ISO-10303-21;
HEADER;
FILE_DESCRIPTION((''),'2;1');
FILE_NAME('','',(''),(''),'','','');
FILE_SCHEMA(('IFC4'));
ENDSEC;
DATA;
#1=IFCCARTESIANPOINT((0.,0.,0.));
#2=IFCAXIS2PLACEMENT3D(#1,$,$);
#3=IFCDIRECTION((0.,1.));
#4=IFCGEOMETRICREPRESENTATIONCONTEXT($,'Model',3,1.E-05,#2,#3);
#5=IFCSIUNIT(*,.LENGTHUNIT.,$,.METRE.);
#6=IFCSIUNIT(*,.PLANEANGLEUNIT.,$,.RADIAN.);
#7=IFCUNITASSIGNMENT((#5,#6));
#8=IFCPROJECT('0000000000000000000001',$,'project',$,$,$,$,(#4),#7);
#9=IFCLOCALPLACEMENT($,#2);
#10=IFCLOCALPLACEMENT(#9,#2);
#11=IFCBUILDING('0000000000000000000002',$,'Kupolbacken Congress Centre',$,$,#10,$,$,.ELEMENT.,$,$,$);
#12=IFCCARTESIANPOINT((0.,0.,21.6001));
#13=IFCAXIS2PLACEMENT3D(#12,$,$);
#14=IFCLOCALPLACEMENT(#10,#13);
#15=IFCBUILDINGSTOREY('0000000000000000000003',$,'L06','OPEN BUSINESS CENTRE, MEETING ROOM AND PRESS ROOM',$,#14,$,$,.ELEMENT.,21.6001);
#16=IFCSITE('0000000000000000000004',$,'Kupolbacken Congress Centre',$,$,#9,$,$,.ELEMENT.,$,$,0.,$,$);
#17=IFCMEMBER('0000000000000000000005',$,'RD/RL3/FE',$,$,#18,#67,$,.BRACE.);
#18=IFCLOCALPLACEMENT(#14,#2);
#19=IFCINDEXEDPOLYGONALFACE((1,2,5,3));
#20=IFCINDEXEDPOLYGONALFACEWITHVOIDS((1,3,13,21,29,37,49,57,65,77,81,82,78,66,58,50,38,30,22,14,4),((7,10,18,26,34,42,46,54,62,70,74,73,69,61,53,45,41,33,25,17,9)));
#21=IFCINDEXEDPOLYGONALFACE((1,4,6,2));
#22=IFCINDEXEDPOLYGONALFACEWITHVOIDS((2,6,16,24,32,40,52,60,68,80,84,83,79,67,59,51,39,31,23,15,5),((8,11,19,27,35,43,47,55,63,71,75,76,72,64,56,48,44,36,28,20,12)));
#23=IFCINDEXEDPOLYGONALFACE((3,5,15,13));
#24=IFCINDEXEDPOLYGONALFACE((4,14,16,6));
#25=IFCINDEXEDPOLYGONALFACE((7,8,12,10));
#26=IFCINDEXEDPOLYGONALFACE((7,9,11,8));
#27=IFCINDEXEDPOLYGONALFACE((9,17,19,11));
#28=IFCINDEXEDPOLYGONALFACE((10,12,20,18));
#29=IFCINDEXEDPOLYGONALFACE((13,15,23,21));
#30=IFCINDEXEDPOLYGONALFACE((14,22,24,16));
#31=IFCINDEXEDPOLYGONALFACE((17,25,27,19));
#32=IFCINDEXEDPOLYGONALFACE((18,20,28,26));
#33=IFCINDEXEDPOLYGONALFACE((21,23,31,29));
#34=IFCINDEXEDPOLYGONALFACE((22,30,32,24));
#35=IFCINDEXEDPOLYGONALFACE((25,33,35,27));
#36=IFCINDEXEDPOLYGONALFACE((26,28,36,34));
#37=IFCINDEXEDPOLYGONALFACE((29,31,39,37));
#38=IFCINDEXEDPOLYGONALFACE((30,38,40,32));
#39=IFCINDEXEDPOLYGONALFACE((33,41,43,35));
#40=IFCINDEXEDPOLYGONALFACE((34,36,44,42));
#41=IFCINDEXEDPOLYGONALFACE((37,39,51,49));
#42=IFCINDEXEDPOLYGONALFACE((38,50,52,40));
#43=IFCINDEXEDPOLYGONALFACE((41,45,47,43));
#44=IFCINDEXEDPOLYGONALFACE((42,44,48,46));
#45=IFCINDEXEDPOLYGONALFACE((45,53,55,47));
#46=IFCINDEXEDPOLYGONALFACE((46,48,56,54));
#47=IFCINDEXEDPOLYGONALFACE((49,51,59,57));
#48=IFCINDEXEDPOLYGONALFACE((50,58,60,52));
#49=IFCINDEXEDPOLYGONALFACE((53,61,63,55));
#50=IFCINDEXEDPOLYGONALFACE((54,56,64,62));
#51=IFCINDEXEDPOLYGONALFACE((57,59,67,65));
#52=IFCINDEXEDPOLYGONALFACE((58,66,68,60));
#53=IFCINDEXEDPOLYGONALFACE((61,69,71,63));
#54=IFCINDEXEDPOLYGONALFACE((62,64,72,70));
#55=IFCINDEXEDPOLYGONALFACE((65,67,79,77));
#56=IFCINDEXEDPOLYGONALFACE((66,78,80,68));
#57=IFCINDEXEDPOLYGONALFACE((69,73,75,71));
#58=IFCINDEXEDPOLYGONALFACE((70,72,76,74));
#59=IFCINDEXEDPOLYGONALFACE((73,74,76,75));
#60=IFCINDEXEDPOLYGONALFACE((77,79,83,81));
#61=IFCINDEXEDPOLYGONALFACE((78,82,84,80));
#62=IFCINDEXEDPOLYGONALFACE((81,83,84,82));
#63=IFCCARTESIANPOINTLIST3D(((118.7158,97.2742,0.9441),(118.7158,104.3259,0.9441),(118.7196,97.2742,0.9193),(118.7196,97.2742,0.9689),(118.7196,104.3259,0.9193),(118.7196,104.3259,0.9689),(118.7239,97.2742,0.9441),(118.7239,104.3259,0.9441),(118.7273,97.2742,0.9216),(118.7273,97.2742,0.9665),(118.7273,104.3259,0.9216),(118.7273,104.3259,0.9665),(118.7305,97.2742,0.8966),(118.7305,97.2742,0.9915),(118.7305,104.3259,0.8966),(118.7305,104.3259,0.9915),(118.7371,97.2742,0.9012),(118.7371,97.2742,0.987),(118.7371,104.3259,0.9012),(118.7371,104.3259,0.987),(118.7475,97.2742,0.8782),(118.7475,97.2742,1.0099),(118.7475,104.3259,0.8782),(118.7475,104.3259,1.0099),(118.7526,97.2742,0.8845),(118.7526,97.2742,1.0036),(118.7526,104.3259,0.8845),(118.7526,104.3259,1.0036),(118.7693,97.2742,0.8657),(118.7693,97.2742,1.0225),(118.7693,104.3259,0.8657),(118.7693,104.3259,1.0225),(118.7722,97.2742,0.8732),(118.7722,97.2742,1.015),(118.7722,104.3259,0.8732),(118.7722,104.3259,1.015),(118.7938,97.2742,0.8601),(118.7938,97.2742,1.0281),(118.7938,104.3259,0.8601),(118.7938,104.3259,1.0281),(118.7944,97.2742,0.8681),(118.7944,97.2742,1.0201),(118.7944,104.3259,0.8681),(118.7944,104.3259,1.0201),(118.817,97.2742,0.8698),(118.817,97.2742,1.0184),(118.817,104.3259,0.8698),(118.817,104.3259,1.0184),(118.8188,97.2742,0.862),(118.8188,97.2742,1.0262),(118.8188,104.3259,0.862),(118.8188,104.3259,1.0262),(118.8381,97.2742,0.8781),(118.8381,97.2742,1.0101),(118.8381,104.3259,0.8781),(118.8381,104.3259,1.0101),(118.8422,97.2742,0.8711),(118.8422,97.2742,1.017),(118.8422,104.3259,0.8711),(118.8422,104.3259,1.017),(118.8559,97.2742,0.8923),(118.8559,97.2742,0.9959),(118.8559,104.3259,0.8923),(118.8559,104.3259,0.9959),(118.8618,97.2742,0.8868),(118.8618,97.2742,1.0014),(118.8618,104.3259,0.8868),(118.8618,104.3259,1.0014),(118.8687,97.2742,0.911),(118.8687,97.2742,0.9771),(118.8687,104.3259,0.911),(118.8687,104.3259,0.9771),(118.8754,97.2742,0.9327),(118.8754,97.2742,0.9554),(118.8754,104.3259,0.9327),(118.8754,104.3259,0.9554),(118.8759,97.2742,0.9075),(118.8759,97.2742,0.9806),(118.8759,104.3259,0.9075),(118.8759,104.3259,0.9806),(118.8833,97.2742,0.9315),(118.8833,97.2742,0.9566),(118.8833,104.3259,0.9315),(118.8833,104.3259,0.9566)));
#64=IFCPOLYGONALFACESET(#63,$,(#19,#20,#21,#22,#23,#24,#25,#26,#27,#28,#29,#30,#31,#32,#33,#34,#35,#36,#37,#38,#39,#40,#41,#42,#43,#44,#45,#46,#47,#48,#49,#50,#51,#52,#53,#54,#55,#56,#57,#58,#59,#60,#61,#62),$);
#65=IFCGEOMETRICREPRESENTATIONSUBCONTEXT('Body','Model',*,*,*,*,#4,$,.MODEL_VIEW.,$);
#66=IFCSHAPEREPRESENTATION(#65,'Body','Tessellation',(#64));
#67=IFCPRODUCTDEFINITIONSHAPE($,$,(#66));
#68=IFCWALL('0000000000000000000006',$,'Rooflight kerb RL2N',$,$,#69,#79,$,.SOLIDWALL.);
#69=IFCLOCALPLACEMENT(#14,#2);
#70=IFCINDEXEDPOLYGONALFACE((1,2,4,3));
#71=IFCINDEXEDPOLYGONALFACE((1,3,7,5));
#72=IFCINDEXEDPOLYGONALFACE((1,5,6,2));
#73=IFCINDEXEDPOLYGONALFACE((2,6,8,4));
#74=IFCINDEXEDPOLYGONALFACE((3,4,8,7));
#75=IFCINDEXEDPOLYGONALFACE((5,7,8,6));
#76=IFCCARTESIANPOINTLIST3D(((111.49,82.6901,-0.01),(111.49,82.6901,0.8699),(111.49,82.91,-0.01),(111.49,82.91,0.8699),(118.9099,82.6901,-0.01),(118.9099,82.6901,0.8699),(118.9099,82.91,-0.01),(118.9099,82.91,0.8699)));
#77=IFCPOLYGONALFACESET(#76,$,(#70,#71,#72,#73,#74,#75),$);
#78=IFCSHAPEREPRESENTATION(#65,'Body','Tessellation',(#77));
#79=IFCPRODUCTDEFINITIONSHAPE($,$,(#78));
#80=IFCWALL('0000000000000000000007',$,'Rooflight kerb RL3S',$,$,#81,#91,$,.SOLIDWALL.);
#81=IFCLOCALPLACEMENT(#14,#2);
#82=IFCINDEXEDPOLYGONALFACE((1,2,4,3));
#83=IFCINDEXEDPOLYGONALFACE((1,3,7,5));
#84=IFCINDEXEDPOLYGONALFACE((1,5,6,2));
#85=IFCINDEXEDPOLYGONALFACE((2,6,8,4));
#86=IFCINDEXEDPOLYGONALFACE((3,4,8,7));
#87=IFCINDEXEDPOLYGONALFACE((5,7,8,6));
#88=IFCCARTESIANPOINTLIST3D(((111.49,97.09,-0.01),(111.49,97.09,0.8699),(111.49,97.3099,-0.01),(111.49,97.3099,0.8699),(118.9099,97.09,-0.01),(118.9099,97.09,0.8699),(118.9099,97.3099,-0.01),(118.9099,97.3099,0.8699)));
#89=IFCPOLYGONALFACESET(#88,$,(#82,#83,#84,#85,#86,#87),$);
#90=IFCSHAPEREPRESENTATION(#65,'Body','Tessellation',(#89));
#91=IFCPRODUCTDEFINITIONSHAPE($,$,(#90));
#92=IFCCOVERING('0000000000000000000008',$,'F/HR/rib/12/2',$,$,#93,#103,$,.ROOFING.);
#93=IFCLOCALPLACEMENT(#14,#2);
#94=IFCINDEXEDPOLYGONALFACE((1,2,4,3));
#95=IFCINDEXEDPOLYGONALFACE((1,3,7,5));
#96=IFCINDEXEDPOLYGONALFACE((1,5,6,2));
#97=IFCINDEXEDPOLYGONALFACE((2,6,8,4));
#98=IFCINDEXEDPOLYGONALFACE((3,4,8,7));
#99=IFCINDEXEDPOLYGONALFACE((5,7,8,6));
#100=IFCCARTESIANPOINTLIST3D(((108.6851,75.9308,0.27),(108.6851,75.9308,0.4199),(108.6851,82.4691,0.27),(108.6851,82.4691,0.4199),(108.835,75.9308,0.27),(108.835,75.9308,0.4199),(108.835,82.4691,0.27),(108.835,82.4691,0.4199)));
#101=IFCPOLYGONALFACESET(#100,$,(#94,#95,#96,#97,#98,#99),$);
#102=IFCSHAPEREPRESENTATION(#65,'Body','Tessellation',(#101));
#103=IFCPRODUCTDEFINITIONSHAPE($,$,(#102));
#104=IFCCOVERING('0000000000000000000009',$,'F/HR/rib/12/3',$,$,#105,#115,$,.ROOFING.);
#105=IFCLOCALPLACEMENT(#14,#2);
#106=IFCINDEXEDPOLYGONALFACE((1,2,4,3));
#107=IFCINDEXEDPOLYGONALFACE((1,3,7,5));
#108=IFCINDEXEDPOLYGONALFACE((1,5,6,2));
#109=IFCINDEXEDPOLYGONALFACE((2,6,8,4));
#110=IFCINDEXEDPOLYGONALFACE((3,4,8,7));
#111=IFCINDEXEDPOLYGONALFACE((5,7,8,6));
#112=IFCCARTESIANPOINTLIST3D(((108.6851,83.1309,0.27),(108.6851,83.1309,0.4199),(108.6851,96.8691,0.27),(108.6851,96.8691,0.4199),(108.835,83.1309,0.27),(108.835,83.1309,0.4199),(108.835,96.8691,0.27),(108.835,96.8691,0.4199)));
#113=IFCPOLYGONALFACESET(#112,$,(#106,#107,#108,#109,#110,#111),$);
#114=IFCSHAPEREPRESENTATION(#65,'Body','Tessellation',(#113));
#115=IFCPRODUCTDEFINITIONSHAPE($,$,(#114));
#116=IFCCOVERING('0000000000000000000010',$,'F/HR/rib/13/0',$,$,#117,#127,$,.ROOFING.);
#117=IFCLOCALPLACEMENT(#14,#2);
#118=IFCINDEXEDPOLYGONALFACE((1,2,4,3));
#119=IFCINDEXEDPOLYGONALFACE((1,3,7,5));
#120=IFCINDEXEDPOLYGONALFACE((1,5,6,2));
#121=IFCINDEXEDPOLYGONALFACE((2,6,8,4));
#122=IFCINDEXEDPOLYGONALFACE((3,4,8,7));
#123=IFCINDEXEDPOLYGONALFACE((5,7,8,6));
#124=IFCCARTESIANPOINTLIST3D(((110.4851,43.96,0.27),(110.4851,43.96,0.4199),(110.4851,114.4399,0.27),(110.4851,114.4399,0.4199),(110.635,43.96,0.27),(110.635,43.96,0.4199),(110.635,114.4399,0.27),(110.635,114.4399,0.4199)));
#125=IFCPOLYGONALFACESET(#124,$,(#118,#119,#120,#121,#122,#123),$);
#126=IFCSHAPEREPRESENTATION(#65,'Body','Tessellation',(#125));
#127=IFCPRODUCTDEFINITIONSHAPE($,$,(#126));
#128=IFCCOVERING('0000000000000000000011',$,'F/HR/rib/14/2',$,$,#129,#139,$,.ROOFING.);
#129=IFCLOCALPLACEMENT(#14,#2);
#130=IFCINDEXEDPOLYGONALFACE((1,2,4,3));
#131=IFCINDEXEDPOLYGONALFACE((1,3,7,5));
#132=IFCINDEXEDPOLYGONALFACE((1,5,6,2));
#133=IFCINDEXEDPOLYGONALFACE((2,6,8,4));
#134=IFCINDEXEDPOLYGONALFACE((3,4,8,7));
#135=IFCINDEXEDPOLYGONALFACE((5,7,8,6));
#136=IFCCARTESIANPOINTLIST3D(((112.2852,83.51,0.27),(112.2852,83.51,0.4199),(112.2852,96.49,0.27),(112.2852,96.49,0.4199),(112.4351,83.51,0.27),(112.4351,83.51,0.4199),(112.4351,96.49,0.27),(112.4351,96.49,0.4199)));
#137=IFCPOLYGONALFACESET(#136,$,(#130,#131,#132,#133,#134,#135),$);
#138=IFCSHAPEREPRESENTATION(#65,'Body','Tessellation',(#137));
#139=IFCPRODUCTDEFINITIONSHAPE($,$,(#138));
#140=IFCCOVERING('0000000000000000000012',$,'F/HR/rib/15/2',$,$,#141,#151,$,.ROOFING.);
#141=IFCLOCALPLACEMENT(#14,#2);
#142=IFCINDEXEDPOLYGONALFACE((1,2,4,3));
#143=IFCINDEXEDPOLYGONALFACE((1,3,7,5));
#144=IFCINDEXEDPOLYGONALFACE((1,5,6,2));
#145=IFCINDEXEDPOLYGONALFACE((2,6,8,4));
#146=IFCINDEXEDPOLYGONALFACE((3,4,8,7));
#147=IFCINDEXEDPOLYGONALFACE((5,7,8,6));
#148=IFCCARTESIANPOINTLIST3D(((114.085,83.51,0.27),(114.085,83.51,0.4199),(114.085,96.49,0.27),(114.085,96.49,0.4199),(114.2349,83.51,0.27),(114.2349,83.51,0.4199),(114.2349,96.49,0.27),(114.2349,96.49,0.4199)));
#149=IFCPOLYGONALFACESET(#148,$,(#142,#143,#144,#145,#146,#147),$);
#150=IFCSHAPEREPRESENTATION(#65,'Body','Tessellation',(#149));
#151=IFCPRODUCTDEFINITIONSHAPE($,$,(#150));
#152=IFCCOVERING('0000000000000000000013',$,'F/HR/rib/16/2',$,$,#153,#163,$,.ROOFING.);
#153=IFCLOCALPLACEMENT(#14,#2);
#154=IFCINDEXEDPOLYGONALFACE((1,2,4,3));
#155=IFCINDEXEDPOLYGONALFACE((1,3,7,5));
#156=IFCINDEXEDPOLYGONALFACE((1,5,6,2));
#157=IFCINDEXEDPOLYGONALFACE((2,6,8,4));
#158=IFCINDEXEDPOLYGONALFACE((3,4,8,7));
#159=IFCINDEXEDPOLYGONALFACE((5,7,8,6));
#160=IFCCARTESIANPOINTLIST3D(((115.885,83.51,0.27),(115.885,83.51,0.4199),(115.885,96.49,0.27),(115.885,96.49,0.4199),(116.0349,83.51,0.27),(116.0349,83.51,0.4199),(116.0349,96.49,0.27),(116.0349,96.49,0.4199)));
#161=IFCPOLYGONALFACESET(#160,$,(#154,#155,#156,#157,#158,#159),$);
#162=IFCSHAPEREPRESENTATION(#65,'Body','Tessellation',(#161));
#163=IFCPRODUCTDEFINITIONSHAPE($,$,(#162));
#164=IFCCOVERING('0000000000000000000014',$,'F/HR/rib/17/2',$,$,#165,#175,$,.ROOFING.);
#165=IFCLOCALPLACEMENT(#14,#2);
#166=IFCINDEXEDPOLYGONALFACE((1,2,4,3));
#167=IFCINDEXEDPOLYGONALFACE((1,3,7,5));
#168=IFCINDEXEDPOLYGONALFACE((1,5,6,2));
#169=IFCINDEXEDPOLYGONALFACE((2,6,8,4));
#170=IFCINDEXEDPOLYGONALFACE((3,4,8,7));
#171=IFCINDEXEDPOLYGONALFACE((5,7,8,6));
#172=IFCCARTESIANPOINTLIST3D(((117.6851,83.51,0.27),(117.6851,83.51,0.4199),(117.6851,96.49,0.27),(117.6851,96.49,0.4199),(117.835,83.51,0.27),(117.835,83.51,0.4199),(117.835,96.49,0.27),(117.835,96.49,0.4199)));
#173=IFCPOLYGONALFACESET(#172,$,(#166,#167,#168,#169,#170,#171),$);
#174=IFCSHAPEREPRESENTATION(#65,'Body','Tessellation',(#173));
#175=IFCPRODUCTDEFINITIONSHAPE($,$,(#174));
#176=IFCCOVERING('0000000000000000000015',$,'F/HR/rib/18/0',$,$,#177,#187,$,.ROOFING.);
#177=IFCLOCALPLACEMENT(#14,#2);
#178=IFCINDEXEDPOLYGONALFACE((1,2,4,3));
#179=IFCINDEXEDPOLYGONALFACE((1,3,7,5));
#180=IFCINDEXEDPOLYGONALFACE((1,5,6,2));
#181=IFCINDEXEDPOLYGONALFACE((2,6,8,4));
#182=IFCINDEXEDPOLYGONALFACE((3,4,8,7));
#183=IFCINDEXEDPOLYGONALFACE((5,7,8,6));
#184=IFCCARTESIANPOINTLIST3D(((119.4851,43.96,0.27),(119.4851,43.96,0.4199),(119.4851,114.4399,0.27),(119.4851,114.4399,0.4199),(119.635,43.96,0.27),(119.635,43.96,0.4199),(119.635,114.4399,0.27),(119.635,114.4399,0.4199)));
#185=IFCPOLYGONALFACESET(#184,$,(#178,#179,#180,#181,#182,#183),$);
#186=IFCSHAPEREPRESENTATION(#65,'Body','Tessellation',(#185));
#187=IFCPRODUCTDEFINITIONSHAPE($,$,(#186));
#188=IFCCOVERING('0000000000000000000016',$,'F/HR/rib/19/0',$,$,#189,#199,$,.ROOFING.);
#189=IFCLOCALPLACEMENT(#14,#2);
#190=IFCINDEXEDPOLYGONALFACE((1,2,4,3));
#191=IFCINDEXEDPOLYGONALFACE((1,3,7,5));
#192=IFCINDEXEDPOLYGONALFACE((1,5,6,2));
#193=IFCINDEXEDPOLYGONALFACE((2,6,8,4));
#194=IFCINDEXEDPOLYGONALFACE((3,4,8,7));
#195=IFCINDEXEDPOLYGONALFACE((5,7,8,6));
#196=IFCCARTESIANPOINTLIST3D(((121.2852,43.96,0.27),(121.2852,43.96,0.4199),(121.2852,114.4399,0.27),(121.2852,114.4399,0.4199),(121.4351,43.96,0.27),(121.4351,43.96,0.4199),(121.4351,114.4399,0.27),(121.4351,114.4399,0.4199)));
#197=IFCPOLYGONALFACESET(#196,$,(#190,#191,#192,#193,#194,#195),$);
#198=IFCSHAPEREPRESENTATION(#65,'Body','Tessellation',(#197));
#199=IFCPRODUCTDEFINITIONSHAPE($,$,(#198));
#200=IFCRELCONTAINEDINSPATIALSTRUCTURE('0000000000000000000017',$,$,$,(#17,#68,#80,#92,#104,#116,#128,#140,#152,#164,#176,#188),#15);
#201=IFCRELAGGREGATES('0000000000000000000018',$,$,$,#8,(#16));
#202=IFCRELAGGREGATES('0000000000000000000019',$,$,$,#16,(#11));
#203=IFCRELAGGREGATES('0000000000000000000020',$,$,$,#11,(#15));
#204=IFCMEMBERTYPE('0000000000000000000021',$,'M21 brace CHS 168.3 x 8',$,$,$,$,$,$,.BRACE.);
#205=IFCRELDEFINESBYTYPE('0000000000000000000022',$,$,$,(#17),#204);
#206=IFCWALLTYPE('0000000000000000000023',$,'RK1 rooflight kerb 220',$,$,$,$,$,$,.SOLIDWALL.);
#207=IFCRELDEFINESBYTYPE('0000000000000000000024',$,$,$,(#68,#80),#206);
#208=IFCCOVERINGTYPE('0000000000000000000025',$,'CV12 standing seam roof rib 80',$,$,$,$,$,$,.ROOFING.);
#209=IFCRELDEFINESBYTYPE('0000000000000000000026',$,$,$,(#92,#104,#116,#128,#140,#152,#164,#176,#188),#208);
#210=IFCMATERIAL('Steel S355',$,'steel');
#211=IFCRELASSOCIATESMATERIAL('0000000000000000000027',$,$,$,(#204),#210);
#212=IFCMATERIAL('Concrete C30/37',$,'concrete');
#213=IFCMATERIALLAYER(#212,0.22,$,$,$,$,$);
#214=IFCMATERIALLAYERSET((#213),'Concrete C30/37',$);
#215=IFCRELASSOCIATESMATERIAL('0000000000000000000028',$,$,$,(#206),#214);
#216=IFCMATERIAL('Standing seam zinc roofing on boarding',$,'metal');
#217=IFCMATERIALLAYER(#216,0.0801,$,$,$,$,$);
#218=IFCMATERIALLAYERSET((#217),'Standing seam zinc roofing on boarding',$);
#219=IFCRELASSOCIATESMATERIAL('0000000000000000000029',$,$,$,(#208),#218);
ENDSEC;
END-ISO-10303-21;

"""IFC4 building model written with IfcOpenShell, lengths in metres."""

from ifc_helpers import new_model, si_unit, direction, frame, frame_2d, origin, origin_2d, place, context, subcontext, project, spatial, rectangle, hollow_circle, extrude, material, layer, layer_set, material_profile, profile_set, type_object, element, save


model = new_model("IFC4")

# Units and contexts
model_context = context("Model", 3, precision=1e-05, world=origin(), true_north=direction((0.0, 1.0)))
body_context = subcontext(model_context, "Body", "Model", "MODEL_VIEW")
ifc_project = project(units=[si_unit("LENGTHUNIT", "METRE"), si_unit("PLANEANGLEUNIT", "RADIAN")], contexts=[model_context])

# Site, building, storey
site_placement = place(None, origin())
site = spatial("IfcSite", under=ifc_project, at=site_placement, Name="Kupolbacken Congress Centre", CompositionType="ELEMENT", RefElevation=0.0)
building_placement = place(site_placement, origin())
building = spatial("IfcBuilding", under=site, at=building_placement, Name="Kupolbacken Congress Centre", CompositionType="ELEMENT")
storey_placement = place(building_placement, frame((0.0, 0.0, 21.6001)))
storey = spatial("IfcBuildingStorey", under=building, at=storey_placement, Name="L06", Description="OPEN BUSINESS CENTRE, MEETING ROOM AND PRESS ROOM", CompositionType="ELEMENT", Elevation=21.6001)

# Member
ifc_material_1 = material(Name="Steel S355", Category="steel")
ifc_material_profile_1 = material_profile(ifc_material_1, hollow_circle(Radius=0.0842, WallThickness=0.0081, at=origin_2d()), Name="CHS 168.3 x 8")
ifc_profile_set_1 = profile_set([ifc_material_profile_1], Name="Steel S355")
member_type = type_object("IfcMemberType", Name="M21 brace CHS 168.3 x 8", PredefinedType="BRACE", material=ifc_profile_set_1)
for number, where, z_axis, x_axis, name in (
    (1, (118.8, 97.2742, 0.9441), (0.0, 1.0, 0.0), (-1.0, 0.0, 0.0), "RD/RL3/FE"),
):
    element("IfcMember", number, at=place(storey_placement, frame(where, z_axis=z_axis, x_axis=x_axis)), inside=storey, type_object=member_type, Name=name, PredefinedType="BRACE", context=body_context, shape_type="SweptSolid", body=[
        extrude(hollow_circle(Radius=0.0842, WallThickness=0.0081, at=origin_2d()), origin(), (0.0, 0.0, 1.0), 7.0518),
    ])

# Walls
ifc_material_2 = material(Name="Concrete C30/37", Category="concrete")
ifc_layer_1 = layer(ifc_material_2, 0.22)
ifc_layer_set_1 = layer_set([ifc_layer_1], Name="Concrete C30/37")
wall_type = type_object("IfcWallType", Name="RK1 rooflight kerb 220", PredefinedType="SOLIDWALL", material=ifc_layer_set_1)
for number, where, z_axis, x_axis, name in (
    (2, (111.49, 82.8, -0.01), (0.0, 0.0, 1.0), (1.0, 0.0, 0.0), "Rooflight kerb RL2N"),
    (3, (111.49, 97.2, -0.01), (0.0, 0.0, 1.0), (1.0, 0.0, 0.0), "Rooflight kerb RL3S"),
):
    element("IfcWall", number, at=place(storey_placement, frame(where, z_axis=z_axis, x_axis=x_axis)), inside=storey, type_object=wall_type, Name=name, PredefinedType="SOLIDWALL", context=body_context, shape_type="SweptSolid", body=[
        extrude(rectangle(XDim=7.4199, YDim=0.22, at=frame_2d((3.71, 0.0))), origin(), (0.0, 0.0, 1.0), 0.8799),
    ])

# Coverings
ifc_material_3 = material(Name="Standing seam zinc roofing on boarding", Category="metal")
ifc_layer_2 = layer(ifc_material_3, 0.0801)
ifc_layer_set_2 = layer_set([ifc_layer_2], Name="Standing seam zinc roofing on boarding")
covering_type = type_object("IfcCoveringType", Name="CV12 standing seam roof rib 80", PredefinedType="ROOFING", material=ifc_layer_set_2)
covering_1_placement = place(storey_placement, frame((108.76, 79.2, 0.27), z_axis=(0.0, 0.0, 1.0), x_axis=(0.0, 1.0, 0.0)))
element("IfcCovering", 4, at=covering_1_placement, inside=storey, type_object=covering_type, Name="F/HR/rib/12/2", PredefinedType="ROOFING", context=body_context, shape_type="SweptSolid", body=[
    extrude(rectangle(XDim=6.5383, YDim=0.1499, at=origin_2d()), origin(), (0.0, 0.0, 1.0), 0.1499),
])
covering_2_placement = place(storey_placement, frame((108.76, 90.0, 0.27), z_axis=(0.0, 0.0, 1.0), x_axis=(0.0, 1.0, 0.0)))
element("IfcCovering", 5, at=covering_2_placement, inside=storey, type_object=covering_type, Name="F/HR/rib/12/3", PredefinedType="ROOFING", context=body_context, shape_type="SweptSolid", body=[
    extrude(rectangle(XDim=13.7383, YDim=0.1499, at=origin_2d()), origin(), (0.0, 0.0, 1.0), 0.1499),
])
covering_3_placement = place(storey_placement, frame((110.5601, 79.2, 0.27), z_axis=(0.0, 0.0, 1.0), x_axis=(0.0, 1.0, 0.0)))
element("IfcCovering", 6, at=covering_3_placement, inside=storey, type_object=covering_type, Name="F/HR/rib/13/0", PredefinedType="ROOFING", context=body_context, shape_type="SweptSolid", body=[
    extrude(rectangle(XDim=70.48, YDim=0.1499, at=origin_2d()), origin(), (0.0, 0.0, 1.0), 0.1499),
])
for number, where, z_axis, x_axis, name in (
    (7, (112.3601, 90.0, 0.27), (0.0, 0.0, 1.0), (0.0, 1.0, 0.0), "F/HR/rib/14/2"),
    (8, (114.1599, 90.0, 0.27), (0.0, 0.0, 1.0), (0.0, 1.0, 0.0), "F/HR/rib/15/2"),
    (9, (115.96, 90.0, 0.27), (0.0, 0.0, 1.0), (0.0, 1.0, 0.0), "F/HR/rib/16/2"),
    (10, (117.76, 90.0, 0.27), (0.0, 0.0, 1.0), (0.0, 1.0, 0.0), "F/HR/rib/17/2"),
):
    element("IfcCovering", number, at=place(storey_placement, frame(where, z_axis=z_axis, x_axis=x_axis)), inside=storey, type_object=covering_type, Name=name, PredefinedType="ROOFING", context=body_context, shape_type="SweptSolid", body=[
        extrude(rectangle(XDim=12.98, YDim=0.1499, at=origin_2d()), origin(), (0.0, 0.0, 1.0), 0.1499),
    ])
for number, where, z_axis, x_axis, name in (
    (11, (119.5601, 79.2, 0.27), (0.0, 0.0, 1.0), (0.0, 1.0, 0.0), "F/HR/rib/18/0"),
    (12, (121.3601, 79.2, 0.27), (0.0, 0.0, 1.0), (0.0, 1.0, 0.0), "F/HR/rib/19/0"),
):
    element("IfcCovering", number, at=place(storey_placement, frame(where, z_axis=z_axis, x_axis=x_axis)), inside=storey, type_object=covering_type, Name=name, PredefinedType="ROOFING", context=body_context, shape_type="SweptSolid", body=[
        extrude(rectangle(XDim=70.48, YDim=0.1499, at=origin_2d()), origin(), (0.0, 0.0, 1.0), 0.1499),
    ])

save(model, "model.ifc")
